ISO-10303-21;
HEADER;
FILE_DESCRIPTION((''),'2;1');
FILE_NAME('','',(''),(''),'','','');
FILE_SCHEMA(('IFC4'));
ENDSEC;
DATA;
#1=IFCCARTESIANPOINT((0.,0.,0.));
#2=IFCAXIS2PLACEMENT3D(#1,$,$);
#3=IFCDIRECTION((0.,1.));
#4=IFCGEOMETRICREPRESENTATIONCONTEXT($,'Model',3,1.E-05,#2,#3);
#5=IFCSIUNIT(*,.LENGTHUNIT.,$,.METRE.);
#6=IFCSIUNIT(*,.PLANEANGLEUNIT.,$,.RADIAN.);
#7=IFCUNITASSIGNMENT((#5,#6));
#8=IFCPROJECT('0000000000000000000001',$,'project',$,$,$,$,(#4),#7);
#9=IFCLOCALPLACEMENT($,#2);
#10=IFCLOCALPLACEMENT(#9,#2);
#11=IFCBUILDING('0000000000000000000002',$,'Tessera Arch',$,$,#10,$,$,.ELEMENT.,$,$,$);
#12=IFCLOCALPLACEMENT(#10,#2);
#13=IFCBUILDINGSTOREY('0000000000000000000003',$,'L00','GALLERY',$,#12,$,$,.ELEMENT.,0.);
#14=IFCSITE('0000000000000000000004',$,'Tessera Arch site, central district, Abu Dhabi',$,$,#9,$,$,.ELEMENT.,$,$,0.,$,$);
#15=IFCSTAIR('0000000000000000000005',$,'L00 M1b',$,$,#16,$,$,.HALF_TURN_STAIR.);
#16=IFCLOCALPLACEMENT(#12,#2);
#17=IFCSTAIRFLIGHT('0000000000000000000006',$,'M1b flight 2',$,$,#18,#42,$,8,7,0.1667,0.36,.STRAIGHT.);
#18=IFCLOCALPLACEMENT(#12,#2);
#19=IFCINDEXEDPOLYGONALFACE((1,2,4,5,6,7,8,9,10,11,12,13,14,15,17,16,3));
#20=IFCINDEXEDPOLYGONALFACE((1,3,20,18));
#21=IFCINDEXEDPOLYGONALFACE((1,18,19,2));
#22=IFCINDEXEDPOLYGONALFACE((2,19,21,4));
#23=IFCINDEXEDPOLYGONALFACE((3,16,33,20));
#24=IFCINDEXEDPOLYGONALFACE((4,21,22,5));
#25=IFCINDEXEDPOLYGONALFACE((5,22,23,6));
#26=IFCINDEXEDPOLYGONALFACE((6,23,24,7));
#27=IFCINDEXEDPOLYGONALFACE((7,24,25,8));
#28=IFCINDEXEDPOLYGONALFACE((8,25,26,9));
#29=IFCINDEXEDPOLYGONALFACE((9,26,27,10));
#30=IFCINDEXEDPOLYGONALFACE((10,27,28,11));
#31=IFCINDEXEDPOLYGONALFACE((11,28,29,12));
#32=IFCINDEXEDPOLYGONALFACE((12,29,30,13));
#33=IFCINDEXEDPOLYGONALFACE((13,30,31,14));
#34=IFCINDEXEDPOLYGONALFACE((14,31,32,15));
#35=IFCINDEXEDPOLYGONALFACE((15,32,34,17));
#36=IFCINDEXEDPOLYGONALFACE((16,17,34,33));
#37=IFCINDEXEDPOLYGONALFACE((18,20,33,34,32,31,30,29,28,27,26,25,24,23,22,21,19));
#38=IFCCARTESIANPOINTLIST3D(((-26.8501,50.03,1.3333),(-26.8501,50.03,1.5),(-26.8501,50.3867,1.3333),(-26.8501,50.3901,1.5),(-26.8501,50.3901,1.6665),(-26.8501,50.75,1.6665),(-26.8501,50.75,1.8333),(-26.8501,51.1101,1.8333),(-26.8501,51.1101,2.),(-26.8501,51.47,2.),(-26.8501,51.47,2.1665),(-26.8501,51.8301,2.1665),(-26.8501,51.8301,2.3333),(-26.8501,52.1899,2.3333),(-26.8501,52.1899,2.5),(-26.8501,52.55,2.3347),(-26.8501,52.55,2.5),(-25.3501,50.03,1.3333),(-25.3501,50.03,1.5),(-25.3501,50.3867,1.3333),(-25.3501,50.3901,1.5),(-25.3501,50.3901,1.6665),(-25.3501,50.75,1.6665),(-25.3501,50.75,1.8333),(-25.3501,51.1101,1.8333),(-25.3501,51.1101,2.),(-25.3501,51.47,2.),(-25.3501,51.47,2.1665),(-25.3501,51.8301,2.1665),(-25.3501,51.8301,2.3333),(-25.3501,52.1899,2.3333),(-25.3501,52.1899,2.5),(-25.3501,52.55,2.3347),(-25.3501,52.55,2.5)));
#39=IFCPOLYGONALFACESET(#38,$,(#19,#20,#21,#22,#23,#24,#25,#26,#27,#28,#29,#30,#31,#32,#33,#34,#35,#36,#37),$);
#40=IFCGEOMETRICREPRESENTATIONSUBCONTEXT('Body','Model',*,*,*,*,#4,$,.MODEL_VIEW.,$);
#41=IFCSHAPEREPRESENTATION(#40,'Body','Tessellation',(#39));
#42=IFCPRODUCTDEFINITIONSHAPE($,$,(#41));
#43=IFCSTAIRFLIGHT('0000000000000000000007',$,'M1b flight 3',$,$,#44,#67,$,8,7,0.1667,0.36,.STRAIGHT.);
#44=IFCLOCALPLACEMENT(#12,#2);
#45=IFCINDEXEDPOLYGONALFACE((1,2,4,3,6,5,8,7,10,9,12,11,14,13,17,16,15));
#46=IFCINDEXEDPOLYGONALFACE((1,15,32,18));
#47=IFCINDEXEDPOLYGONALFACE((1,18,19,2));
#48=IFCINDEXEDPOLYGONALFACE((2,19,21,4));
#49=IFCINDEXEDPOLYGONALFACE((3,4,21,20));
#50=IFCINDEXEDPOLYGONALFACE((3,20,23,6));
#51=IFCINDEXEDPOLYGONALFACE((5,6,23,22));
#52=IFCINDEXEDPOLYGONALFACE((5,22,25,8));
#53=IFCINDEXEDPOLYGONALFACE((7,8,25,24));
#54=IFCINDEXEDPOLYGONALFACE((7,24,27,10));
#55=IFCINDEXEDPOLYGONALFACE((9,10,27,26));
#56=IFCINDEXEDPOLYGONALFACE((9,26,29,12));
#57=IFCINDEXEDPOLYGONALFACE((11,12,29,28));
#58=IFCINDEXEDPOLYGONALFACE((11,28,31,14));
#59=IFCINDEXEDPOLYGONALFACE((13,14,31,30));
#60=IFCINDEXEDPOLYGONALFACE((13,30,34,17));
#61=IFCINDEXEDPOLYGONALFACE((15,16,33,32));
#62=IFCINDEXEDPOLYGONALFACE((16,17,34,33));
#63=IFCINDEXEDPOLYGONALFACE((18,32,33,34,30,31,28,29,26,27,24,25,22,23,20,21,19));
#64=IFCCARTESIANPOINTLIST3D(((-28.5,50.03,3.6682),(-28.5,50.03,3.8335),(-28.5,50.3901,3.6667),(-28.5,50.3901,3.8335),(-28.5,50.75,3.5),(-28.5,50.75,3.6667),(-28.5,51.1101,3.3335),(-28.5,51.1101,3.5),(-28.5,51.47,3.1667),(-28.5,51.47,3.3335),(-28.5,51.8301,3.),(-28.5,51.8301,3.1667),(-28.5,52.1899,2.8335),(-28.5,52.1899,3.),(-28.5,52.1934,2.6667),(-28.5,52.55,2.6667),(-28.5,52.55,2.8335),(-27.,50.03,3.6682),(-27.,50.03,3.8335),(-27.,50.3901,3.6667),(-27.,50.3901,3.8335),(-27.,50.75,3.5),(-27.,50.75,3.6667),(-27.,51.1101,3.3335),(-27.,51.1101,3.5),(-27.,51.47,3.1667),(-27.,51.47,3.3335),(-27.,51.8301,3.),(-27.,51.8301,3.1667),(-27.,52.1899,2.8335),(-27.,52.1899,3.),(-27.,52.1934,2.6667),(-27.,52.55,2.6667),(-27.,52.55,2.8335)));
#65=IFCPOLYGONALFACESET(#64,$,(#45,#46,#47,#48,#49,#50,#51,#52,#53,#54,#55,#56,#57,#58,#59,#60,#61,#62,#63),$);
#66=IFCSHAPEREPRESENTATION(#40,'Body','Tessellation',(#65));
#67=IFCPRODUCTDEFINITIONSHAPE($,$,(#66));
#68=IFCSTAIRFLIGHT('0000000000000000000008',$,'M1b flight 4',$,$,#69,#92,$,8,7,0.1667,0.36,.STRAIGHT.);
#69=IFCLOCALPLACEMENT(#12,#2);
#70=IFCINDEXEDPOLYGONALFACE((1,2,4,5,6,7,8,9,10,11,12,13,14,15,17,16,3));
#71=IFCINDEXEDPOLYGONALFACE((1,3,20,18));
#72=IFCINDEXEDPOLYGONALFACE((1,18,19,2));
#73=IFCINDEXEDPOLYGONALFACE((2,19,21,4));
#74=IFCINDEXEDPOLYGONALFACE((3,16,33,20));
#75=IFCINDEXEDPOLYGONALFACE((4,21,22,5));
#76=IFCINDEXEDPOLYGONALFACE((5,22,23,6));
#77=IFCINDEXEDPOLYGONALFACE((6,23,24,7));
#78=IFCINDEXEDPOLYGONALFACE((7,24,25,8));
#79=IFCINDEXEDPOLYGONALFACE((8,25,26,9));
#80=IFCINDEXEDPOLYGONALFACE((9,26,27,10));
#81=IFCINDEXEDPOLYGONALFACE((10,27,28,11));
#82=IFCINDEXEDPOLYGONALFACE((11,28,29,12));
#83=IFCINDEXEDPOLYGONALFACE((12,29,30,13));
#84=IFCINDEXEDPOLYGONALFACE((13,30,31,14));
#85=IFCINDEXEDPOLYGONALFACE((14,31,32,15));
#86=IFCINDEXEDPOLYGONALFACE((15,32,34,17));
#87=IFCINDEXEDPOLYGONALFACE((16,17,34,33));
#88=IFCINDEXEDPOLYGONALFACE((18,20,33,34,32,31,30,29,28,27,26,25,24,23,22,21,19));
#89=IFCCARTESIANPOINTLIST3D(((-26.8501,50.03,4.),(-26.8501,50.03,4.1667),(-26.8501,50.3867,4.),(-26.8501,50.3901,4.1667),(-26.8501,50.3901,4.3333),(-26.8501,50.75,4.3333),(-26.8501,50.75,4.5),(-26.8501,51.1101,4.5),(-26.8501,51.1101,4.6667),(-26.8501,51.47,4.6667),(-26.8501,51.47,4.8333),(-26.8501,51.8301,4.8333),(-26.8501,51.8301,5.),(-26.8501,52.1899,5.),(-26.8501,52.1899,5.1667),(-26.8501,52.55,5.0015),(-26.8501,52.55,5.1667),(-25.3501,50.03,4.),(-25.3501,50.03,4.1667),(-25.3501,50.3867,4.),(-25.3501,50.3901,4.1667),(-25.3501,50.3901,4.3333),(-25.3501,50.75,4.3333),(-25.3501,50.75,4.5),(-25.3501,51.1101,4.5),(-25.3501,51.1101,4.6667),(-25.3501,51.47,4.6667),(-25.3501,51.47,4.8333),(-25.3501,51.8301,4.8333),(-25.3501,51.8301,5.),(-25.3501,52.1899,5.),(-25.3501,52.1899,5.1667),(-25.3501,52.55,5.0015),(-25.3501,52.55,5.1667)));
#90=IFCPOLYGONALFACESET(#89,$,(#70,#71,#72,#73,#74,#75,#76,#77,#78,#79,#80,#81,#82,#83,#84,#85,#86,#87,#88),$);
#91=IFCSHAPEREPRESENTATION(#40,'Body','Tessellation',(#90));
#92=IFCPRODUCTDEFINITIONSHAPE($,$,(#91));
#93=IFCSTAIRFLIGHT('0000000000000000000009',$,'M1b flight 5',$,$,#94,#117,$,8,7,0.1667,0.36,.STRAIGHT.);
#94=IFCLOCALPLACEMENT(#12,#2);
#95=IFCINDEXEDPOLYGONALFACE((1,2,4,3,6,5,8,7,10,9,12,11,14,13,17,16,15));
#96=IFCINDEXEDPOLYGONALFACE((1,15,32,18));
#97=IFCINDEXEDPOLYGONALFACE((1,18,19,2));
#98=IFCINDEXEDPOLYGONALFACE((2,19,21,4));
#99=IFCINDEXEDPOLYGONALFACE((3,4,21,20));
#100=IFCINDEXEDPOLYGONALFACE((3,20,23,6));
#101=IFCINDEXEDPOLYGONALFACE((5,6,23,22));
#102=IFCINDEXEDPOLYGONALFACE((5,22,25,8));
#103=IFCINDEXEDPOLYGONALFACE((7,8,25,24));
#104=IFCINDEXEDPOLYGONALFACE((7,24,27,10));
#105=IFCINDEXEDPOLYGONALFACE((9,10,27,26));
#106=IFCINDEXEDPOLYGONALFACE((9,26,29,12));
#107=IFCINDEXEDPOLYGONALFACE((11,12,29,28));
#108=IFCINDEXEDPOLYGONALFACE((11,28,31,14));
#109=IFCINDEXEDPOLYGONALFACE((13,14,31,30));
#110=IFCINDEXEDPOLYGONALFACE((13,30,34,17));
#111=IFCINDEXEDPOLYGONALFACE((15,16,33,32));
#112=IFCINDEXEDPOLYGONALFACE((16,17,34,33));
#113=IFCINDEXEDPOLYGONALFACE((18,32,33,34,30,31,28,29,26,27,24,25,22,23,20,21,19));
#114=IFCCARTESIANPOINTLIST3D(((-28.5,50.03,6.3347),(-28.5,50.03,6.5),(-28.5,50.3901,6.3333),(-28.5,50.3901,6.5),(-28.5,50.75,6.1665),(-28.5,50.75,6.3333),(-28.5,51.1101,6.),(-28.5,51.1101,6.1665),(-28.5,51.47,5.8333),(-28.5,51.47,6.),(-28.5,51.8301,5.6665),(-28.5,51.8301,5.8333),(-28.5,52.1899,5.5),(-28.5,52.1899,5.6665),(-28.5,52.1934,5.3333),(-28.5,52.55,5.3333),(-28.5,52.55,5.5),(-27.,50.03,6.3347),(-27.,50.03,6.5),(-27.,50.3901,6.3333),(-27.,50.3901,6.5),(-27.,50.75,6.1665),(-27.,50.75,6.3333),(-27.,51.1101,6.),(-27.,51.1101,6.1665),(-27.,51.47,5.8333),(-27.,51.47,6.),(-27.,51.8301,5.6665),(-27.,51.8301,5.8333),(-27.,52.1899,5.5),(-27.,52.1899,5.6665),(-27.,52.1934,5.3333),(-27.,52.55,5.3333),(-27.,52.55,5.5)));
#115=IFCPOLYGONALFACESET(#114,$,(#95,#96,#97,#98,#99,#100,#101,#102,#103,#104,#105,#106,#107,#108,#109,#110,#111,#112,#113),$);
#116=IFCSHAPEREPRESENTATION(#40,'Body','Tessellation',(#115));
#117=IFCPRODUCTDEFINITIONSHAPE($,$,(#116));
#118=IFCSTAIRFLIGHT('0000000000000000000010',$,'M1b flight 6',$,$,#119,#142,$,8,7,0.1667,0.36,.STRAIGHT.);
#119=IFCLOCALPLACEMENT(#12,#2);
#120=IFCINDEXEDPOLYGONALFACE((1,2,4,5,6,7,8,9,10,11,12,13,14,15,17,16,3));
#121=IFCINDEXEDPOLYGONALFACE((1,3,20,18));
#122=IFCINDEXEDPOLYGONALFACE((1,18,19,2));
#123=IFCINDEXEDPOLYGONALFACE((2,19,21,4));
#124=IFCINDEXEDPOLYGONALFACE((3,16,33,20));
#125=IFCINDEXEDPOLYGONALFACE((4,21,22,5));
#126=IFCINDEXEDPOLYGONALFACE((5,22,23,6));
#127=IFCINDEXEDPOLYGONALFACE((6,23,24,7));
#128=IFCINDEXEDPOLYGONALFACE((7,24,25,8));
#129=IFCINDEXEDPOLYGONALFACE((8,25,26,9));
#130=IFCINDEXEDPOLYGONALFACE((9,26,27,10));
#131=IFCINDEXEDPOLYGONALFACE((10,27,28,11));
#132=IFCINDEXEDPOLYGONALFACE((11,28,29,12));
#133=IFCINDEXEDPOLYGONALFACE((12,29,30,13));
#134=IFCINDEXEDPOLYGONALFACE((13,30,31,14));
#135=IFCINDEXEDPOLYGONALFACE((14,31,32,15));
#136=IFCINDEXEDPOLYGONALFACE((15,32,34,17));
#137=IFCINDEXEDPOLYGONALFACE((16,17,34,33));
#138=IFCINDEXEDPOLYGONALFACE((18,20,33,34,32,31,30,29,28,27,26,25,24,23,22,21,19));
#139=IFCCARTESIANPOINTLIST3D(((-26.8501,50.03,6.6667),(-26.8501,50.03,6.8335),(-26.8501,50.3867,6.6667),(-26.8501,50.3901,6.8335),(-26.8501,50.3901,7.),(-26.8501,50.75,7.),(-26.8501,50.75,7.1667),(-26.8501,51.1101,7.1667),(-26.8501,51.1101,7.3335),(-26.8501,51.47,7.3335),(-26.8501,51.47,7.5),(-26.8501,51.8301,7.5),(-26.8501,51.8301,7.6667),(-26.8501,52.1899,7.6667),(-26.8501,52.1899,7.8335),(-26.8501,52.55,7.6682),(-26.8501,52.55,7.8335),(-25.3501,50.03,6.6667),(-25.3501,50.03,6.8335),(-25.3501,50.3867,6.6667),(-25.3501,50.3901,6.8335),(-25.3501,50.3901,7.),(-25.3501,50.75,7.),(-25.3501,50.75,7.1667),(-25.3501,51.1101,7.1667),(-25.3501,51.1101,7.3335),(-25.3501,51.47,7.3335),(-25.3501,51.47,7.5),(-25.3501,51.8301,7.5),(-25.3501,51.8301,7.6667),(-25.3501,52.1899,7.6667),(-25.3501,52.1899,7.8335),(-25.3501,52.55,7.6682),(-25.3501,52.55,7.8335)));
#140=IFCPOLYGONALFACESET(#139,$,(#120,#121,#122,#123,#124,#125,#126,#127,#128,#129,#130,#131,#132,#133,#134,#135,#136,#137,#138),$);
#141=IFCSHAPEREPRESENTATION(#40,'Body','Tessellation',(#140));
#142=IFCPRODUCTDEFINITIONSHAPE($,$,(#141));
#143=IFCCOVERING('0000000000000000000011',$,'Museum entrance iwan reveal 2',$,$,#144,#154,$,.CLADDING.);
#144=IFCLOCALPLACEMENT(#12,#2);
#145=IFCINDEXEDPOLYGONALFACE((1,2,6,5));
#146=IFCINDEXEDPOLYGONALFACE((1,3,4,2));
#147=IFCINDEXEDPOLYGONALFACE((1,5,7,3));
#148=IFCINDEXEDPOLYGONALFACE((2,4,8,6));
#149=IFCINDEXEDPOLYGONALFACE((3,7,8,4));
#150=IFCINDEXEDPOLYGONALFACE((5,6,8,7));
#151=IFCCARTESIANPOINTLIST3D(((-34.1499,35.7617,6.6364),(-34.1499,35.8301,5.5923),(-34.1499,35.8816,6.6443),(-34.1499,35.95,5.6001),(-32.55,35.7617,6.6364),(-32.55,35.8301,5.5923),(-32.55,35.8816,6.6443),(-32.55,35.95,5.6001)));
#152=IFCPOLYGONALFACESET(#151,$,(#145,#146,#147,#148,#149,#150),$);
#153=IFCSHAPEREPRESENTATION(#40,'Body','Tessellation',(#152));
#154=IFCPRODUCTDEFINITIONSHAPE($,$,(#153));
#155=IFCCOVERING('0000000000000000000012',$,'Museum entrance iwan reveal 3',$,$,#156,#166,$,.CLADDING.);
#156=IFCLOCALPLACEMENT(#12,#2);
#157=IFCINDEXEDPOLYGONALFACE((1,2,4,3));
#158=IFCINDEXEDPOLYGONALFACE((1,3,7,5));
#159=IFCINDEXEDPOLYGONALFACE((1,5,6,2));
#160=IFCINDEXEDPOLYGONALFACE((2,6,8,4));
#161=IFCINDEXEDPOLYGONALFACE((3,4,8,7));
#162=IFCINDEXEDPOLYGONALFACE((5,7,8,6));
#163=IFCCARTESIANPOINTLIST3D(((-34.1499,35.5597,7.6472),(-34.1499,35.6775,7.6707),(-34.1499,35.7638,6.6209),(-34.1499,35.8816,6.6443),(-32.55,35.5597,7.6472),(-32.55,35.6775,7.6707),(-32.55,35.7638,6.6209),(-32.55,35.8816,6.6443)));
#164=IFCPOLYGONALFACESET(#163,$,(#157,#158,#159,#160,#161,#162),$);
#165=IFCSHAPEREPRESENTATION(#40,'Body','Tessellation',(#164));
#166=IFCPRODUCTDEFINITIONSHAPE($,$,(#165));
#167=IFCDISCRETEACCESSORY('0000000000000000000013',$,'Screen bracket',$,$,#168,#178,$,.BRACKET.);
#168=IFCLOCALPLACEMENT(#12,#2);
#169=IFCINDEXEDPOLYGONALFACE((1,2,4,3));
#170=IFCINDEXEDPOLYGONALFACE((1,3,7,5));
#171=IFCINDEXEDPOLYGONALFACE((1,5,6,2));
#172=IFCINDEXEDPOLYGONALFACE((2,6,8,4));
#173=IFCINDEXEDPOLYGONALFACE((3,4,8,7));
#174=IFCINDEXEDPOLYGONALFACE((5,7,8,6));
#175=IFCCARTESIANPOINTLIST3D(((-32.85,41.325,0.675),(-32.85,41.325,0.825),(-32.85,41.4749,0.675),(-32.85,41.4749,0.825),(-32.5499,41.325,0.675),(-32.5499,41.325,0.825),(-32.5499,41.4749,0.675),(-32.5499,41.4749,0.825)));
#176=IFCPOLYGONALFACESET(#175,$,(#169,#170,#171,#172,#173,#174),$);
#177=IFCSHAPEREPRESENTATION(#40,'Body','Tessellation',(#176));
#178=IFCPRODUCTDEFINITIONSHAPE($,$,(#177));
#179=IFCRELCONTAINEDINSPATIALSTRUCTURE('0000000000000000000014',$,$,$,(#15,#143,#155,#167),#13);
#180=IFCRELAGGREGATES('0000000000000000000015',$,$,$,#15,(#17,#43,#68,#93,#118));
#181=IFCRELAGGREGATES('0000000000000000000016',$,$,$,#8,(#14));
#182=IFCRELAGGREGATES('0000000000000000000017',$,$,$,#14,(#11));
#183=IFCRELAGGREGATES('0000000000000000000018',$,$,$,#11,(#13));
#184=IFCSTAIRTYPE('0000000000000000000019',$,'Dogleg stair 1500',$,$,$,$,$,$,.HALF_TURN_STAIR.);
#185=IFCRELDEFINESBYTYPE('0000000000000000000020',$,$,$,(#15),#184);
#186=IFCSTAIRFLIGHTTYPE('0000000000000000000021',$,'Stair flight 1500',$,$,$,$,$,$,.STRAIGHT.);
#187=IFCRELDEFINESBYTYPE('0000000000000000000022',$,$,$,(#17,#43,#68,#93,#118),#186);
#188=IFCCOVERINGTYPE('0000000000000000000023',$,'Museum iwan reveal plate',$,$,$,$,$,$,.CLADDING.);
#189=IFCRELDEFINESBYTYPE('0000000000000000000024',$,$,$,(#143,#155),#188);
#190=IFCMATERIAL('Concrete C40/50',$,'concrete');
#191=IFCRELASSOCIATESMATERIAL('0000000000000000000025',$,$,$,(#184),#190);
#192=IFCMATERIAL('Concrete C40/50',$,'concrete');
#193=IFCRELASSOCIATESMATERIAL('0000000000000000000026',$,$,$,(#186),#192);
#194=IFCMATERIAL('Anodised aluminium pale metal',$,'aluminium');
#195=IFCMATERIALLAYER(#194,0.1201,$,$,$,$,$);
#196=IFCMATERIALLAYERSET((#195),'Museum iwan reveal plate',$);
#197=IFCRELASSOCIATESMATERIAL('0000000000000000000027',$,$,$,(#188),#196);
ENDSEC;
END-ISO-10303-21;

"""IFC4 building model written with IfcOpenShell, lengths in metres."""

from ifc_helpers import new_model, si_unit, direction, frame, origin, origin_2d, place, context, subcontext, project, spatial, polyline, rectangle, outline, extrude, material, layer, layer_set, type_object, element, aggregate, save


model = new_model("IFC4")

# Units and contexts
model_context = context("Model", 3, precision=1e-05, world=origin(), true_north=direction((0.0, 1.0)))
body_context = subcontext(model_context, "Body", "Model", "MODEL_VIEW")
ifc_project = project(units=[si_unit("LENGTHUNIT", "METRE"), si_unit("PLANEANGLEUNIT", "RADIAN")], contexts=[model_context])

# Site, building, storey
site_placement = place(None, origin())
site = spatial("IfcSite", under=ifc_project, at=site_placement, Name="Tessera Arch site, central district, Abu Dhabi", CompositionType="ELEMENT", RefElevation=0.0)
building_placement = place(site_placement, origin())
building = spatial("IfcBuilding", under=site, at=building_placement, Name="Tessera Arch", CompositionType="ELEMENT")
storey_placement = place(building_placement, origin())
storey = spatial("IfcBuildingStorey", under=building, at=storey_placement, Name="L00", Description="GALLERY", CompositionType="ELEMENT", Elevation=0.0)

# Stair, stair flights
ifc_material_1 = material(Name="Concrete C40/50", Category="concrete")
stair_type = type_object("IfcStairType", Name="Dogleg stair 1500", PredefinedType="HALF_TURN_STAIR", material=ifc_material_1)
ifc_material_2 = material(Name="Concrete C40/50", Category="concrete")
stair_flight_type = type_object("IfcStairFlightType", Name="Stair flight 1500", PredefinedType="STRAIGHT", material=ifc_material_2)
stair_1_placement = place(storey_placement, origin())
stair_1 = element("IfcStair", 1, at=stair_1_placement, inside=storey, type_object=stair_type, Name="L00 M1b", PredefinedType="HALF_TURN_STAIR")
stair_flight_1_placement = place(storey_placement, frame((-26.1001, 50.03, 1.3333), z_axis=(0.0, 0.0, 1.0), x_axis=(0.0, 1.0, 0.0)))
stair_flight_1 = element("IfcStairFlight", 2, at=stair_flight_1_placement, type_object=stair_flight_type, Name="M1b flight 2", NumberOfRisers=8, NumberOfTreads=7, PredefinedType="STRAIGHT", RiserHeight=0.1667, TreadLength=0.36, context=body_context, shape_type="SweptSolid", body=[
    extrude(outline(polyline([(0.0, 0.0), (0.0, 0.1667), (0.3601, 0.1667), (0.3601, 0.3333), (0.72, 0.3333), (0.72, 0.5), (1.0801, 0.5), (1.0801, 0.6667), (1.4399, 0.6667), (1.4399, 0.8333), (1.8, 0.8333), (1.8, 1.0), (2.1599, 1.0), (2.1599, 1.1667), (2.52, 1.1667), (2.52, 1.3333), (2.52, 1.0015), (0.3567, 0.0), (0.0, 0.0)])), frame((0.0, 0.75, 0.0), z_axis=(0.0, -1.0, 0.0), x_axis=(1.0, 0.0, 0.0)), (0.0, 0.0, 1.0), 1.5),
])
stair_flight_2_placement = place(storey_placement, frame((-27.75, 52.55, 2.6667), z_axis=(0.0, 0.0, 1.0), x_axis=(0.0, -1.0, 0.0)))
stair_flight_2 = element("IfcStairFlight", 3, at=stair_flight_2_placement, type_object=stair_flight_type, Name="M1b flight 3", NumberOfRisers=8, NumberOfTreads=7, PredefinedType="STRAIGHT", RiserHeight=0.1667, TreadLength=0.36, context=body_context, shape_type="SweptSolid", body=[
    extrude(outline(polyline([(0.0, 0.0), (0.0, 0.1667), (0.3601, 0.1667), (0.3601, 0.3333), (0.72, 0.3333), (0.72, 0.5), (1.0801, 0.5), (1.0801, 0.6667), (1.4399, 0.6667), (1.4399, 0.8333), (1.8, 0.8333), (1.8, 1.0), (2.1599, 1.0), (2.1599, 1.1667), (2.52, 1.1667), (2.52, 1.3333), (2.52, 1.0015), (0.3567, 0.0), (0.0, 0.0)])), frame((0.0, 0.75, 0.0), z_axis=(0.0, -1.0, 0.0), x_axis=(1.0, 0.0, 0.0)), (0.0, 0.0, 1.0), 1.5),
])
stair_flight_3_placement = place(storey_placement, frame((-26.1001, 50.03, 4.0), z_axis=(0.0, 0.0, 1.0), x_axis=(0.0, 1.0, 0.0)))
stair_flight_3 = element("IfcStairFlight", 4, at=stair_flight_3_placement, type_object=stair_flight_type, Name="M1b flight 4", NumberOfRisers=8, NumberOfTreads=7, PredefinedType="STRAIGHT", RiserHeight=0.1667, TreadLength=0.36, context=body_context, shape_type="SweptSolid", body=[
    extrude(outline(polyline([(0.0, 0.0), (0.0, 0.1667), (0.3601, 0.1667), (0.3601, 0.3333), (0.72, 0.3333), (0.72, 0.5), (1.0801, 0.5), (1.0801, 0.6667), (1.4399, 0.6667), (1.4399, 0.8333), (1.8, 0.8333), (1.8, 1.0), (2.1599, 1.0), (2.1599, 1.1667), (2.52, 1.1667), (2.52, 1.3333), (2.52, 1.0015), (0.3567, 0.0), (0.0, 0.0)])), frame((0.0, 0.75, 0.0), z_axis=(0.0, -1.0, 0.0), x_axis=(1.0, 0.0, 0.0)), (0.0, 0.0, 1.0), 1.5),
])
stair_flight_4_placement = place(storey_placement, frame((-27.75, 52.55, 5.3333), z_axis=(0.0, 0.0, 1.0), x_axis=(0.0, -1.0, 0.0)))
stair_flight_4 = element("IfcStairFlight", 5, at=stair_flight_4_placement, type_object=stair_flight_type, Name="M1b flight 5", NumberOfRisers=8, NumberOfTreads=7, PredefinedType="STRAIGHT", RiserHeight=0.1667, TreadLength=0.36, context=body_context, shape_type="SweptSolid", body=[
    extrude(outline(polyline([(0.0, 0.0), (0.0, 0.1667), (0.3601, 0.1667), (0.3601, 0.3333), (0.72, 0.3333), (0.72, 0.5), (1.0801, 0.5), (1.0801, 0.6667), (1.4399, 0.6667), (1.4399, 0.8333), (1.8, 0.8333), (1.8, 1.0), (2.1599, 1.0), (2.1599, 1.1667), (2.52, 1.1667), (2.52, 1.3333), (2.52, 1.0015), (0.3567, 0.0), (0.0, 0.0)])), frame((0.0, 0.75, 0.0), z_axis=(0.0, -1.0, 0.0), x_axis=(1.0, 0.0, 0.0)), (0.0, 0.0, 1.0), 1.5),
])
stair_flight_5_placement = place(storey_placement, frame((-26.1001, 50.03, 6.6667), z_axis=(0.0, 0.0, 1.0), x_axis=(0.0, 1.0, 0.0)))
stair_flight_5 = element("IfcStairFlight", 6, at=stair_flight_5_placement, type_object=stair_flight_type, Name="M1b flight 6", NumberOfRisers=8, NumberOfTreads=7, PredefinedType="STRAIGHT", RiserHeight=0.1667, TreadLength=0.36, context=body_context, shape_type="SweptSolid", body=[
    extrude(outline(polyline([(0.0, 0.0), (0.0, 0.1667), (0.3601, 0.1667), (0.3601, 0.3333), (0.72, 0.3333), (0.72, 0.5), (1.0801, 0.5), (1.0801, 0.6667), (1.4399, 0.6667), (1.4399, 0.8333), (1.8, 0.8333), (1.8, 1.0), (2.1599, 1.0), (2.1599, 1.1667), (2.52, 1.1667), (2.52, 1.3333), (2.52, 1.0015), (0.3567, 0.0), (0.0, 0.0)])), frame((0.0, 0.75, 0.0), z_axis=(0.0, -1.0, 0.0), x_axis=(1.0, 0.0, 0.0)), (0.0, 0.0, 1.0), 1.5),
])
aggregate(stair_1, [stair_flight_1, stair_flight_2, stair_flight_3, stair_flight_4, stair_flight_5])

# Coverings
ifc_material_3 = material(Name="Anodised aluminium pale metal", Category="aluminium")
ifc_layer_1 = layer(ifc_material_3, 0.1201)
ifc_layer_set_1 = layer_set([ifc_layer_1], Name="Museum iwan reveal plate")
covering_type_1 = type_object("IfcCoveringType", Name="Museum iwan reveal plate", PredefinedType="CLADDING", material=ifc_layer_set_1)
covering_1_placement = place(storey_placement, frame((-32.55, 35.95, 5.6001), z_axis=(0.0, 0.997864, 0.065327), x_axis=(0.0, -0.065327, 0.997864)))
element("IfcCovering", 7, at=covering_1_placement, inside=storey, type_object=covering_type_1, Name="Museum entrance iwan reveal 2", PredefinedType="CLADDING", context=body_context, shape_type="SweptSolid", body=[
    extrude(outline(polyline([(0.0, 0.0), (1.0464, 0.0), (1.0464, -1.5999), (0.0, -1.5999), (0.0, 0.0)])), origin(), (0.0, 0.0, -1.0), 0.1201),
])
covering_2_placement = place(storey_placement, frame((-32.55, 35.8816, 6.6443), z_axis=(0.0, 0.980795, 0.195039), x_axis=(0.0, -0.195039, 0.980795)))
element("IfcCovering", 8, at=covering_2_placement, inside=storey, type_object=covering_type_1, Name="Museum entrance iwan reveal 3", PredefinedType="CLADDING", context=body_context, shape_type="SweptSolid", body=[
    extrude(outline(polyline([(0.0, 0.0), (1.0465, 0.0), (1.0465, -1.5999), (0.0, -1.5999), (0.0, 0.0)])), origin(), (0.0, 0.0, -1.0), 0.1201),
])

# Discrete accessory
for number, where, z_axis, x_axis, name in (
    (9, (-32.7, 41.3999, 0.675), (0.0, 0.0, 1.0), (-1.0, 0.0, 0.0), "Screen bracket"),
):
    element("IfcDiscreteAccessory", number, at=place(storey_placement, frame(where, z_axis=z_axis, x_axis=x_axis)), inside=storey, Name=name, PredefinedType="BRACKET", context=body_context, shape_type="SweptSolid", body=[
        extrude(rectangle(XDim=0.3, YDim=0.1499, at=origin_2d()), origin(), (0.0, 0.0, 1.0), 0.1499),
    ])

save(model, "model.ifc")
